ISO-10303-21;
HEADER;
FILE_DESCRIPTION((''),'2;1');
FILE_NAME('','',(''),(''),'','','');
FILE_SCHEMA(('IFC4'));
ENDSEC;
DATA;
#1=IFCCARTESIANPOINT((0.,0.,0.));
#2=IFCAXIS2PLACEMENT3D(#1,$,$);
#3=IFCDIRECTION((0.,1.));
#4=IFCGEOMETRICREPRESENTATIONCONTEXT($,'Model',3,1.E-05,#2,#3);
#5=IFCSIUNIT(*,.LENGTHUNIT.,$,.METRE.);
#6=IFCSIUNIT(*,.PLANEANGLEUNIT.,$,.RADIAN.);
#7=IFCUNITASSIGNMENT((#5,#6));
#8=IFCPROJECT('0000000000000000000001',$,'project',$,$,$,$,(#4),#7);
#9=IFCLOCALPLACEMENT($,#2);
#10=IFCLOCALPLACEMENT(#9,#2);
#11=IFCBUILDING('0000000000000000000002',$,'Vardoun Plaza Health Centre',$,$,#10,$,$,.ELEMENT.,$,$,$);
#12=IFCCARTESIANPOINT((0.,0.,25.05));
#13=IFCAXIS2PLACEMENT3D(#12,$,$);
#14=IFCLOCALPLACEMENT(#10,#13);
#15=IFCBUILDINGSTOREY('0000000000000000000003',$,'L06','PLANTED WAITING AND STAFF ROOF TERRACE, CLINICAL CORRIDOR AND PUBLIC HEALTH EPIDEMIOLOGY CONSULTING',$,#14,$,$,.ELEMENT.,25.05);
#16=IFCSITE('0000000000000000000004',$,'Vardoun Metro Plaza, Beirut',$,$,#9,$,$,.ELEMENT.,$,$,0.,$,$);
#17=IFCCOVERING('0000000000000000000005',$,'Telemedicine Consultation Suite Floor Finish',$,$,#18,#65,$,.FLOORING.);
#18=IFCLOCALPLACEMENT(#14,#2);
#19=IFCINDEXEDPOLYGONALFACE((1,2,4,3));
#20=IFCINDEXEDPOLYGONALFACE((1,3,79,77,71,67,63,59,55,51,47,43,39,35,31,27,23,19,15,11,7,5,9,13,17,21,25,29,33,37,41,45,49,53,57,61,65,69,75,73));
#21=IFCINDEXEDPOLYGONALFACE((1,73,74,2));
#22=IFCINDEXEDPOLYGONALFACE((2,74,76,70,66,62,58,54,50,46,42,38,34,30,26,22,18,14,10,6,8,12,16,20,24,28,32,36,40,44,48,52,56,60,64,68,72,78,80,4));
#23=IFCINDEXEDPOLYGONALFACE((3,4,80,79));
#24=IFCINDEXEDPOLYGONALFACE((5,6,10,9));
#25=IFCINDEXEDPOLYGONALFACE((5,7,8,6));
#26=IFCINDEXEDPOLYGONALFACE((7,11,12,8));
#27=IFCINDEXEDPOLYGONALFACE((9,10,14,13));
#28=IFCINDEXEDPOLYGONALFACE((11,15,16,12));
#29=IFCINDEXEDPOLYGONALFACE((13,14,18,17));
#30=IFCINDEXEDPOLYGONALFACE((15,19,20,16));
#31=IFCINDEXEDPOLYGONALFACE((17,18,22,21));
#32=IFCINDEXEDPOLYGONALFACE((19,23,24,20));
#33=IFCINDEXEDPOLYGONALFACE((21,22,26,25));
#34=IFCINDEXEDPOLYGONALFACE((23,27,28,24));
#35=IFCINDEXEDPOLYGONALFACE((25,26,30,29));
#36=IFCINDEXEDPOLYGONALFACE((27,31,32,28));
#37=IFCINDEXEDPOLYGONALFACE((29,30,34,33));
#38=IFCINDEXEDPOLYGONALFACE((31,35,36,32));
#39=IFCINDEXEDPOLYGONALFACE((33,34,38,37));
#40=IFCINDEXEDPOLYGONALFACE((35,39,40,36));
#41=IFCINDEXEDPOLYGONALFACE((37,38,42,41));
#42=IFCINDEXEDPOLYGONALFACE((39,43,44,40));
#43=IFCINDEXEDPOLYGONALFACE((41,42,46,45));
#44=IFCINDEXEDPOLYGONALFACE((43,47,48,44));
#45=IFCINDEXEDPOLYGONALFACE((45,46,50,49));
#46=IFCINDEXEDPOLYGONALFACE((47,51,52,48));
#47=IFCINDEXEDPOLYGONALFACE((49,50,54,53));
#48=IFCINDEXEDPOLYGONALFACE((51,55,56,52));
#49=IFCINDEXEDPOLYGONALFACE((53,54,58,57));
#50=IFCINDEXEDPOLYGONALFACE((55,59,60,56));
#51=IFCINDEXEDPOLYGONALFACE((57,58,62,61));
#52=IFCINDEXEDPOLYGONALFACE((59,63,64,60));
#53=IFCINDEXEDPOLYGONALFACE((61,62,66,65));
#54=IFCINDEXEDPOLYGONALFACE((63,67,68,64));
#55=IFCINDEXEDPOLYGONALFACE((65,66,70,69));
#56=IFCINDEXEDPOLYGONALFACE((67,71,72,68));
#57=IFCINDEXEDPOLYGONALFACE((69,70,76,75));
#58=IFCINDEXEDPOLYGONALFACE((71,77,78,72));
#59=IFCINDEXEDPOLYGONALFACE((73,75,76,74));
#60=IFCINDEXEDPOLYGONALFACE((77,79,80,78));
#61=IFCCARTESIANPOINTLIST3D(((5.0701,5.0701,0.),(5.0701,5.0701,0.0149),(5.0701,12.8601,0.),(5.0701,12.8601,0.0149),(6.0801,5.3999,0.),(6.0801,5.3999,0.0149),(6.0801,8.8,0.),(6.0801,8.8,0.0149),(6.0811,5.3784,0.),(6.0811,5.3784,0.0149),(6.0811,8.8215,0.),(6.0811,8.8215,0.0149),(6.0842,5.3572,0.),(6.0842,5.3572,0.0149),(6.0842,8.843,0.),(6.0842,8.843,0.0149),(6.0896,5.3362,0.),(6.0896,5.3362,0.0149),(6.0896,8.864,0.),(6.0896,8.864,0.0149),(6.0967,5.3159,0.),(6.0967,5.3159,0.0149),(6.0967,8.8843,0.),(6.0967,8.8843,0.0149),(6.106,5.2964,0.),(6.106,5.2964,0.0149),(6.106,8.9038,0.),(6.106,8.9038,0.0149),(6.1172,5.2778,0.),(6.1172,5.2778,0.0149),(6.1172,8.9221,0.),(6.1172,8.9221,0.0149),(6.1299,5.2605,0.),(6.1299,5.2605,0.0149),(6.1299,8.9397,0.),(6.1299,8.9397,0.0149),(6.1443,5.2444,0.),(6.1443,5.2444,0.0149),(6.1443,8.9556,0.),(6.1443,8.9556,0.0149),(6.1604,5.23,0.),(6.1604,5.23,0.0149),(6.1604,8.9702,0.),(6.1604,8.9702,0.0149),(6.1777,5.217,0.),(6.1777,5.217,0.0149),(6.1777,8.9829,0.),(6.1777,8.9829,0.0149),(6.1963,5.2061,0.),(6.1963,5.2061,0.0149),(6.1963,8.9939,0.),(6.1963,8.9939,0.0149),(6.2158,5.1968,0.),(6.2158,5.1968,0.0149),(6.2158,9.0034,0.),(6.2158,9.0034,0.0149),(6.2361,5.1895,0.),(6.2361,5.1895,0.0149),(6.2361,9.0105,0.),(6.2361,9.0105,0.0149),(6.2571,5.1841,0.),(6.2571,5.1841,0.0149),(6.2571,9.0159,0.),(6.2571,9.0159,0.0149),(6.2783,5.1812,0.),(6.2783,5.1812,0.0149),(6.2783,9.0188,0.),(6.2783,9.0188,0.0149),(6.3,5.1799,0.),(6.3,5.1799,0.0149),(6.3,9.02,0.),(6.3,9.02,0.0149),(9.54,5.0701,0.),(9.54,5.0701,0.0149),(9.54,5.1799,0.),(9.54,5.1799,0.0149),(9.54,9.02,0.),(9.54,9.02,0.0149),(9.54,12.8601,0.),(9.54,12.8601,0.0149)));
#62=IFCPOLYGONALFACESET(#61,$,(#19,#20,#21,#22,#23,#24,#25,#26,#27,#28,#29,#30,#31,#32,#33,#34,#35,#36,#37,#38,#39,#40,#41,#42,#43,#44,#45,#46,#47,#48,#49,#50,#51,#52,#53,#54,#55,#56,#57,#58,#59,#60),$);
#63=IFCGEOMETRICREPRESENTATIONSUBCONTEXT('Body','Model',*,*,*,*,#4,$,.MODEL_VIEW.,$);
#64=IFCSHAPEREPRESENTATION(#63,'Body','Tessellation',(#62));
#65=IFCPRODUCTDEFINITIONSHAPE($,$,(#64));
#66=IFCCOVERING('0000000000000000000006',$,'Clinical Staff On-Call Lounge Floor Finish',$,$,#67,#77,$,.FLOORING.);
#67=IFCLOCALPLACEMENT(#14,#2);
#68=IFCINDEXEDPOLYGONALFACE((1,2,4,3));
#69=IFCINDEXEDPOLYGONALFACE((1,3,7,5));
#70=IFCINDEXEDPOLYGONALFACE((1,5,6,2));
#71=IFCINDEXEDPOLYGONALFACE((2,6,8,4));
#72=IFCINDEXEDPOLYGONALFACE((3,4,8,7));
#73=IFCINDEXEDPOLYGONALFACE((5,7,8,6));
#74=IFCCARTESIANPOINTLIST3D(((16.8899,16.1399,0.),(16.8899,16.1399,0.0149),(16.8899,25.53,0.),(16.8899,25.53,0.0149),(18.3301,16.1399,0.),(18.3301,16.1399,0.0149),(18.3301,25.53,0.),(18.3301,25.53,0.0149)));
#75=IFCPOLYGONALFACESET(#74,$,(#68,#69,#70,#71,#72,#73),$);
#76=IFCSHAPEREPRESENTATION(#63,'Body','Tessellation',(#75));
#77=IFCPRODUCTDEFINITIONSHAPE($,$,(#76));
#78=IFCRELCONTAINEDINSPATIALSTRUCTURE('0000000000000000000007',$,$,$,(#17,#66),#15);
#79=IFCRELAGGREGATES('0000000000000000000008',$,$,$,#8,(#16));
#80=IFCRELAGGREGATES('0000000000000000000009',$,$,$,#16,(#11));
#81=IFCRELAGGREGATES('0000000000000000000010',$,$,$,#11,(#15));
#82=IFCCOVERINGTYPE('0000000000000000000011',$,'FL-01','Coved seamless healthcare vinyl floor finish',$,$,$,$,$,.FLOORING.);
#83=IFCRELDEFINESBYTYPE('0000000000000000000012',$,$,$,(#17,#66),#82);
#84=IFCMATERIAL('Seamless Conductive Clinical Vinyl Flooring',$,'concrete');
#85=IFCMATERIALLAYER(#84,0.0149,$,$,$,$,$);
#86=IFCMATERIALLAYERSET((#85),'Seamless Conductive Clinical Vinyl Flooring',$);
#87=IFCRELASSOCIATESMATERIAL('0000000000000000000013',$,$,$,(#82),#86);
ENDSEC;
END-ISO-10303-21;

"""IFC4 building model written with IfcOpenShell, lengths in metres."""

from ifc_helpers import new_model, si_unit, direction, frame, origin, place, context, subcontext, project, spatial, polyline, outline, extrude, material, layer, layer_set, type_object, element, save


model = new_model("IFC4")

# Units and contexts
model_context = context("Model", 3, precision=1e-05, world=origin(), true_north=direction((0.0, 1.0)))
body_context = subcontext(model_context, "Body", "Model", "MODEL_VIEW")
ifc_project = project(units=[si_unit("LENGTHUNIT", "METRE"), si_unit("PLANEANGLEUNIT", "RADIAN")], contexts=[model_context])

# Site, building, storey
site_placement = place(None, origin())
site = spatial("IfcSite", under=ifc_project, at=site_placement, Name="Vardoun Metro Plaza, Beirut", CompositionType="ELEMENT", RefElevation=0.0)
building_placement = place(site_placement, origin())
building = spatial("IfcBuilding", under=site, at=building_placement, Name="Vardoun Plaza Health Centre", CompositionType="ELEMENT")
storey_placement = place(building_placement, frame((0.0, 0.0, 25.05)))
storey = spatial("IfcBuildingStorey", under=building, at=storey_placement, Name="L06", Description="PLANTED WAITING AND STAFF ROOF TERRACE, CLINICAL CORRIDOR AND PUBLIC HEALTH EPIDEMIOLOGY CONSULTING", CompositionType="ELEMENT", Elevation=25.05)

# Coverings
ifc_material_1 = material(Name="Seamless Conductive Clinical Vinyl Flooring", Category="concrete")
ifc_layer_1 = layer(ifc_material_1, 0.0149)
ifc_layer_set_1 = layer_set([ifc_layer_1], Name="Seamless Conductive Clinical Vinyl Flooring")
covering_type_1 = type_object("IfcCoveringType", Name="FL-01", Description="Coved seamless healthcare vinyl floor finish", PredefinedType="FLOORING", material=ifc_layer_set_1)
covering_1_placement = place(storey_placement, origin())
element("IfcCovering", 1, at=covering_1_placement, inside=storey, type_object=covering_type_1, Name="Telemedicine Consultation Suite Floor Finish", PredefinedType="FLOORING", context=body_context, shape_type="SweptSolid", body=[
    extrude(outline(polyline([(5.0701, 12.8601), (9.54, 12.8601), (9.54, 9.02), (6.3, 9.02), (6.2783, 9.0188), (6.2571, 9.0159), (6.2361, 9.0105), (6.2158, 9.0034), (6.1963, 8.9939), (6.1777, 8.9829), (6.1604, 8.9702), (6.1443, 8.9556), (6.1299, 8.9397), (6.1172, 8.9221), (6.106, 8.9038), (6.0967, 8.8843), (6.0896, 8.864), (6.0842, 8.843), (6.0811, 8.8215), (6.0801, 8.8), (6.0801, 5.3999), (6.0811, 5.3784), (6.0842, 5.3572), (6.0896, 5.3362), (6.0967, 5.3159), (6.106, 5.2964), (6.1172, 5.2778), (6.1299, 5.2605), (6.1443, 5.2444), (6.1604, 5.23), (6.1777, 5.217), (6.1963, 5.2061), (6.2158, 5.1968), (6.2361, 5.1895), (6.2571, 5.1841), (6.2783, 5.1812), (6.3, 5.1799), (9.54, 5.1799), (9.54, 5.0701), (5.0701, 5.0701), (5.0701, 12.8601)])), origin(), (0.0, 0.0, 1.0), 0.0149),
])
covering_2_placement = place(storey_placement, origin())
element("IfcCovering", 2, at=covering_2_placement, inside=storey, type_object=covering_type_1, Name="Clinical Staff On-Call Lounge Floor Finish", PredefinedType="FLOORING", context=body_context, shape_type="SweptSolid", body=[
    extrude(outline(polyline([(18.3301, 25.53), (18.3301, 16.1399), (16.8899, 16.1399), (16.8899, 25.53), (18.3301, 25.53)])), origin(), (0.0, 0.0, 1.0), 0.0149),
])

save(model, "model.ifc")
